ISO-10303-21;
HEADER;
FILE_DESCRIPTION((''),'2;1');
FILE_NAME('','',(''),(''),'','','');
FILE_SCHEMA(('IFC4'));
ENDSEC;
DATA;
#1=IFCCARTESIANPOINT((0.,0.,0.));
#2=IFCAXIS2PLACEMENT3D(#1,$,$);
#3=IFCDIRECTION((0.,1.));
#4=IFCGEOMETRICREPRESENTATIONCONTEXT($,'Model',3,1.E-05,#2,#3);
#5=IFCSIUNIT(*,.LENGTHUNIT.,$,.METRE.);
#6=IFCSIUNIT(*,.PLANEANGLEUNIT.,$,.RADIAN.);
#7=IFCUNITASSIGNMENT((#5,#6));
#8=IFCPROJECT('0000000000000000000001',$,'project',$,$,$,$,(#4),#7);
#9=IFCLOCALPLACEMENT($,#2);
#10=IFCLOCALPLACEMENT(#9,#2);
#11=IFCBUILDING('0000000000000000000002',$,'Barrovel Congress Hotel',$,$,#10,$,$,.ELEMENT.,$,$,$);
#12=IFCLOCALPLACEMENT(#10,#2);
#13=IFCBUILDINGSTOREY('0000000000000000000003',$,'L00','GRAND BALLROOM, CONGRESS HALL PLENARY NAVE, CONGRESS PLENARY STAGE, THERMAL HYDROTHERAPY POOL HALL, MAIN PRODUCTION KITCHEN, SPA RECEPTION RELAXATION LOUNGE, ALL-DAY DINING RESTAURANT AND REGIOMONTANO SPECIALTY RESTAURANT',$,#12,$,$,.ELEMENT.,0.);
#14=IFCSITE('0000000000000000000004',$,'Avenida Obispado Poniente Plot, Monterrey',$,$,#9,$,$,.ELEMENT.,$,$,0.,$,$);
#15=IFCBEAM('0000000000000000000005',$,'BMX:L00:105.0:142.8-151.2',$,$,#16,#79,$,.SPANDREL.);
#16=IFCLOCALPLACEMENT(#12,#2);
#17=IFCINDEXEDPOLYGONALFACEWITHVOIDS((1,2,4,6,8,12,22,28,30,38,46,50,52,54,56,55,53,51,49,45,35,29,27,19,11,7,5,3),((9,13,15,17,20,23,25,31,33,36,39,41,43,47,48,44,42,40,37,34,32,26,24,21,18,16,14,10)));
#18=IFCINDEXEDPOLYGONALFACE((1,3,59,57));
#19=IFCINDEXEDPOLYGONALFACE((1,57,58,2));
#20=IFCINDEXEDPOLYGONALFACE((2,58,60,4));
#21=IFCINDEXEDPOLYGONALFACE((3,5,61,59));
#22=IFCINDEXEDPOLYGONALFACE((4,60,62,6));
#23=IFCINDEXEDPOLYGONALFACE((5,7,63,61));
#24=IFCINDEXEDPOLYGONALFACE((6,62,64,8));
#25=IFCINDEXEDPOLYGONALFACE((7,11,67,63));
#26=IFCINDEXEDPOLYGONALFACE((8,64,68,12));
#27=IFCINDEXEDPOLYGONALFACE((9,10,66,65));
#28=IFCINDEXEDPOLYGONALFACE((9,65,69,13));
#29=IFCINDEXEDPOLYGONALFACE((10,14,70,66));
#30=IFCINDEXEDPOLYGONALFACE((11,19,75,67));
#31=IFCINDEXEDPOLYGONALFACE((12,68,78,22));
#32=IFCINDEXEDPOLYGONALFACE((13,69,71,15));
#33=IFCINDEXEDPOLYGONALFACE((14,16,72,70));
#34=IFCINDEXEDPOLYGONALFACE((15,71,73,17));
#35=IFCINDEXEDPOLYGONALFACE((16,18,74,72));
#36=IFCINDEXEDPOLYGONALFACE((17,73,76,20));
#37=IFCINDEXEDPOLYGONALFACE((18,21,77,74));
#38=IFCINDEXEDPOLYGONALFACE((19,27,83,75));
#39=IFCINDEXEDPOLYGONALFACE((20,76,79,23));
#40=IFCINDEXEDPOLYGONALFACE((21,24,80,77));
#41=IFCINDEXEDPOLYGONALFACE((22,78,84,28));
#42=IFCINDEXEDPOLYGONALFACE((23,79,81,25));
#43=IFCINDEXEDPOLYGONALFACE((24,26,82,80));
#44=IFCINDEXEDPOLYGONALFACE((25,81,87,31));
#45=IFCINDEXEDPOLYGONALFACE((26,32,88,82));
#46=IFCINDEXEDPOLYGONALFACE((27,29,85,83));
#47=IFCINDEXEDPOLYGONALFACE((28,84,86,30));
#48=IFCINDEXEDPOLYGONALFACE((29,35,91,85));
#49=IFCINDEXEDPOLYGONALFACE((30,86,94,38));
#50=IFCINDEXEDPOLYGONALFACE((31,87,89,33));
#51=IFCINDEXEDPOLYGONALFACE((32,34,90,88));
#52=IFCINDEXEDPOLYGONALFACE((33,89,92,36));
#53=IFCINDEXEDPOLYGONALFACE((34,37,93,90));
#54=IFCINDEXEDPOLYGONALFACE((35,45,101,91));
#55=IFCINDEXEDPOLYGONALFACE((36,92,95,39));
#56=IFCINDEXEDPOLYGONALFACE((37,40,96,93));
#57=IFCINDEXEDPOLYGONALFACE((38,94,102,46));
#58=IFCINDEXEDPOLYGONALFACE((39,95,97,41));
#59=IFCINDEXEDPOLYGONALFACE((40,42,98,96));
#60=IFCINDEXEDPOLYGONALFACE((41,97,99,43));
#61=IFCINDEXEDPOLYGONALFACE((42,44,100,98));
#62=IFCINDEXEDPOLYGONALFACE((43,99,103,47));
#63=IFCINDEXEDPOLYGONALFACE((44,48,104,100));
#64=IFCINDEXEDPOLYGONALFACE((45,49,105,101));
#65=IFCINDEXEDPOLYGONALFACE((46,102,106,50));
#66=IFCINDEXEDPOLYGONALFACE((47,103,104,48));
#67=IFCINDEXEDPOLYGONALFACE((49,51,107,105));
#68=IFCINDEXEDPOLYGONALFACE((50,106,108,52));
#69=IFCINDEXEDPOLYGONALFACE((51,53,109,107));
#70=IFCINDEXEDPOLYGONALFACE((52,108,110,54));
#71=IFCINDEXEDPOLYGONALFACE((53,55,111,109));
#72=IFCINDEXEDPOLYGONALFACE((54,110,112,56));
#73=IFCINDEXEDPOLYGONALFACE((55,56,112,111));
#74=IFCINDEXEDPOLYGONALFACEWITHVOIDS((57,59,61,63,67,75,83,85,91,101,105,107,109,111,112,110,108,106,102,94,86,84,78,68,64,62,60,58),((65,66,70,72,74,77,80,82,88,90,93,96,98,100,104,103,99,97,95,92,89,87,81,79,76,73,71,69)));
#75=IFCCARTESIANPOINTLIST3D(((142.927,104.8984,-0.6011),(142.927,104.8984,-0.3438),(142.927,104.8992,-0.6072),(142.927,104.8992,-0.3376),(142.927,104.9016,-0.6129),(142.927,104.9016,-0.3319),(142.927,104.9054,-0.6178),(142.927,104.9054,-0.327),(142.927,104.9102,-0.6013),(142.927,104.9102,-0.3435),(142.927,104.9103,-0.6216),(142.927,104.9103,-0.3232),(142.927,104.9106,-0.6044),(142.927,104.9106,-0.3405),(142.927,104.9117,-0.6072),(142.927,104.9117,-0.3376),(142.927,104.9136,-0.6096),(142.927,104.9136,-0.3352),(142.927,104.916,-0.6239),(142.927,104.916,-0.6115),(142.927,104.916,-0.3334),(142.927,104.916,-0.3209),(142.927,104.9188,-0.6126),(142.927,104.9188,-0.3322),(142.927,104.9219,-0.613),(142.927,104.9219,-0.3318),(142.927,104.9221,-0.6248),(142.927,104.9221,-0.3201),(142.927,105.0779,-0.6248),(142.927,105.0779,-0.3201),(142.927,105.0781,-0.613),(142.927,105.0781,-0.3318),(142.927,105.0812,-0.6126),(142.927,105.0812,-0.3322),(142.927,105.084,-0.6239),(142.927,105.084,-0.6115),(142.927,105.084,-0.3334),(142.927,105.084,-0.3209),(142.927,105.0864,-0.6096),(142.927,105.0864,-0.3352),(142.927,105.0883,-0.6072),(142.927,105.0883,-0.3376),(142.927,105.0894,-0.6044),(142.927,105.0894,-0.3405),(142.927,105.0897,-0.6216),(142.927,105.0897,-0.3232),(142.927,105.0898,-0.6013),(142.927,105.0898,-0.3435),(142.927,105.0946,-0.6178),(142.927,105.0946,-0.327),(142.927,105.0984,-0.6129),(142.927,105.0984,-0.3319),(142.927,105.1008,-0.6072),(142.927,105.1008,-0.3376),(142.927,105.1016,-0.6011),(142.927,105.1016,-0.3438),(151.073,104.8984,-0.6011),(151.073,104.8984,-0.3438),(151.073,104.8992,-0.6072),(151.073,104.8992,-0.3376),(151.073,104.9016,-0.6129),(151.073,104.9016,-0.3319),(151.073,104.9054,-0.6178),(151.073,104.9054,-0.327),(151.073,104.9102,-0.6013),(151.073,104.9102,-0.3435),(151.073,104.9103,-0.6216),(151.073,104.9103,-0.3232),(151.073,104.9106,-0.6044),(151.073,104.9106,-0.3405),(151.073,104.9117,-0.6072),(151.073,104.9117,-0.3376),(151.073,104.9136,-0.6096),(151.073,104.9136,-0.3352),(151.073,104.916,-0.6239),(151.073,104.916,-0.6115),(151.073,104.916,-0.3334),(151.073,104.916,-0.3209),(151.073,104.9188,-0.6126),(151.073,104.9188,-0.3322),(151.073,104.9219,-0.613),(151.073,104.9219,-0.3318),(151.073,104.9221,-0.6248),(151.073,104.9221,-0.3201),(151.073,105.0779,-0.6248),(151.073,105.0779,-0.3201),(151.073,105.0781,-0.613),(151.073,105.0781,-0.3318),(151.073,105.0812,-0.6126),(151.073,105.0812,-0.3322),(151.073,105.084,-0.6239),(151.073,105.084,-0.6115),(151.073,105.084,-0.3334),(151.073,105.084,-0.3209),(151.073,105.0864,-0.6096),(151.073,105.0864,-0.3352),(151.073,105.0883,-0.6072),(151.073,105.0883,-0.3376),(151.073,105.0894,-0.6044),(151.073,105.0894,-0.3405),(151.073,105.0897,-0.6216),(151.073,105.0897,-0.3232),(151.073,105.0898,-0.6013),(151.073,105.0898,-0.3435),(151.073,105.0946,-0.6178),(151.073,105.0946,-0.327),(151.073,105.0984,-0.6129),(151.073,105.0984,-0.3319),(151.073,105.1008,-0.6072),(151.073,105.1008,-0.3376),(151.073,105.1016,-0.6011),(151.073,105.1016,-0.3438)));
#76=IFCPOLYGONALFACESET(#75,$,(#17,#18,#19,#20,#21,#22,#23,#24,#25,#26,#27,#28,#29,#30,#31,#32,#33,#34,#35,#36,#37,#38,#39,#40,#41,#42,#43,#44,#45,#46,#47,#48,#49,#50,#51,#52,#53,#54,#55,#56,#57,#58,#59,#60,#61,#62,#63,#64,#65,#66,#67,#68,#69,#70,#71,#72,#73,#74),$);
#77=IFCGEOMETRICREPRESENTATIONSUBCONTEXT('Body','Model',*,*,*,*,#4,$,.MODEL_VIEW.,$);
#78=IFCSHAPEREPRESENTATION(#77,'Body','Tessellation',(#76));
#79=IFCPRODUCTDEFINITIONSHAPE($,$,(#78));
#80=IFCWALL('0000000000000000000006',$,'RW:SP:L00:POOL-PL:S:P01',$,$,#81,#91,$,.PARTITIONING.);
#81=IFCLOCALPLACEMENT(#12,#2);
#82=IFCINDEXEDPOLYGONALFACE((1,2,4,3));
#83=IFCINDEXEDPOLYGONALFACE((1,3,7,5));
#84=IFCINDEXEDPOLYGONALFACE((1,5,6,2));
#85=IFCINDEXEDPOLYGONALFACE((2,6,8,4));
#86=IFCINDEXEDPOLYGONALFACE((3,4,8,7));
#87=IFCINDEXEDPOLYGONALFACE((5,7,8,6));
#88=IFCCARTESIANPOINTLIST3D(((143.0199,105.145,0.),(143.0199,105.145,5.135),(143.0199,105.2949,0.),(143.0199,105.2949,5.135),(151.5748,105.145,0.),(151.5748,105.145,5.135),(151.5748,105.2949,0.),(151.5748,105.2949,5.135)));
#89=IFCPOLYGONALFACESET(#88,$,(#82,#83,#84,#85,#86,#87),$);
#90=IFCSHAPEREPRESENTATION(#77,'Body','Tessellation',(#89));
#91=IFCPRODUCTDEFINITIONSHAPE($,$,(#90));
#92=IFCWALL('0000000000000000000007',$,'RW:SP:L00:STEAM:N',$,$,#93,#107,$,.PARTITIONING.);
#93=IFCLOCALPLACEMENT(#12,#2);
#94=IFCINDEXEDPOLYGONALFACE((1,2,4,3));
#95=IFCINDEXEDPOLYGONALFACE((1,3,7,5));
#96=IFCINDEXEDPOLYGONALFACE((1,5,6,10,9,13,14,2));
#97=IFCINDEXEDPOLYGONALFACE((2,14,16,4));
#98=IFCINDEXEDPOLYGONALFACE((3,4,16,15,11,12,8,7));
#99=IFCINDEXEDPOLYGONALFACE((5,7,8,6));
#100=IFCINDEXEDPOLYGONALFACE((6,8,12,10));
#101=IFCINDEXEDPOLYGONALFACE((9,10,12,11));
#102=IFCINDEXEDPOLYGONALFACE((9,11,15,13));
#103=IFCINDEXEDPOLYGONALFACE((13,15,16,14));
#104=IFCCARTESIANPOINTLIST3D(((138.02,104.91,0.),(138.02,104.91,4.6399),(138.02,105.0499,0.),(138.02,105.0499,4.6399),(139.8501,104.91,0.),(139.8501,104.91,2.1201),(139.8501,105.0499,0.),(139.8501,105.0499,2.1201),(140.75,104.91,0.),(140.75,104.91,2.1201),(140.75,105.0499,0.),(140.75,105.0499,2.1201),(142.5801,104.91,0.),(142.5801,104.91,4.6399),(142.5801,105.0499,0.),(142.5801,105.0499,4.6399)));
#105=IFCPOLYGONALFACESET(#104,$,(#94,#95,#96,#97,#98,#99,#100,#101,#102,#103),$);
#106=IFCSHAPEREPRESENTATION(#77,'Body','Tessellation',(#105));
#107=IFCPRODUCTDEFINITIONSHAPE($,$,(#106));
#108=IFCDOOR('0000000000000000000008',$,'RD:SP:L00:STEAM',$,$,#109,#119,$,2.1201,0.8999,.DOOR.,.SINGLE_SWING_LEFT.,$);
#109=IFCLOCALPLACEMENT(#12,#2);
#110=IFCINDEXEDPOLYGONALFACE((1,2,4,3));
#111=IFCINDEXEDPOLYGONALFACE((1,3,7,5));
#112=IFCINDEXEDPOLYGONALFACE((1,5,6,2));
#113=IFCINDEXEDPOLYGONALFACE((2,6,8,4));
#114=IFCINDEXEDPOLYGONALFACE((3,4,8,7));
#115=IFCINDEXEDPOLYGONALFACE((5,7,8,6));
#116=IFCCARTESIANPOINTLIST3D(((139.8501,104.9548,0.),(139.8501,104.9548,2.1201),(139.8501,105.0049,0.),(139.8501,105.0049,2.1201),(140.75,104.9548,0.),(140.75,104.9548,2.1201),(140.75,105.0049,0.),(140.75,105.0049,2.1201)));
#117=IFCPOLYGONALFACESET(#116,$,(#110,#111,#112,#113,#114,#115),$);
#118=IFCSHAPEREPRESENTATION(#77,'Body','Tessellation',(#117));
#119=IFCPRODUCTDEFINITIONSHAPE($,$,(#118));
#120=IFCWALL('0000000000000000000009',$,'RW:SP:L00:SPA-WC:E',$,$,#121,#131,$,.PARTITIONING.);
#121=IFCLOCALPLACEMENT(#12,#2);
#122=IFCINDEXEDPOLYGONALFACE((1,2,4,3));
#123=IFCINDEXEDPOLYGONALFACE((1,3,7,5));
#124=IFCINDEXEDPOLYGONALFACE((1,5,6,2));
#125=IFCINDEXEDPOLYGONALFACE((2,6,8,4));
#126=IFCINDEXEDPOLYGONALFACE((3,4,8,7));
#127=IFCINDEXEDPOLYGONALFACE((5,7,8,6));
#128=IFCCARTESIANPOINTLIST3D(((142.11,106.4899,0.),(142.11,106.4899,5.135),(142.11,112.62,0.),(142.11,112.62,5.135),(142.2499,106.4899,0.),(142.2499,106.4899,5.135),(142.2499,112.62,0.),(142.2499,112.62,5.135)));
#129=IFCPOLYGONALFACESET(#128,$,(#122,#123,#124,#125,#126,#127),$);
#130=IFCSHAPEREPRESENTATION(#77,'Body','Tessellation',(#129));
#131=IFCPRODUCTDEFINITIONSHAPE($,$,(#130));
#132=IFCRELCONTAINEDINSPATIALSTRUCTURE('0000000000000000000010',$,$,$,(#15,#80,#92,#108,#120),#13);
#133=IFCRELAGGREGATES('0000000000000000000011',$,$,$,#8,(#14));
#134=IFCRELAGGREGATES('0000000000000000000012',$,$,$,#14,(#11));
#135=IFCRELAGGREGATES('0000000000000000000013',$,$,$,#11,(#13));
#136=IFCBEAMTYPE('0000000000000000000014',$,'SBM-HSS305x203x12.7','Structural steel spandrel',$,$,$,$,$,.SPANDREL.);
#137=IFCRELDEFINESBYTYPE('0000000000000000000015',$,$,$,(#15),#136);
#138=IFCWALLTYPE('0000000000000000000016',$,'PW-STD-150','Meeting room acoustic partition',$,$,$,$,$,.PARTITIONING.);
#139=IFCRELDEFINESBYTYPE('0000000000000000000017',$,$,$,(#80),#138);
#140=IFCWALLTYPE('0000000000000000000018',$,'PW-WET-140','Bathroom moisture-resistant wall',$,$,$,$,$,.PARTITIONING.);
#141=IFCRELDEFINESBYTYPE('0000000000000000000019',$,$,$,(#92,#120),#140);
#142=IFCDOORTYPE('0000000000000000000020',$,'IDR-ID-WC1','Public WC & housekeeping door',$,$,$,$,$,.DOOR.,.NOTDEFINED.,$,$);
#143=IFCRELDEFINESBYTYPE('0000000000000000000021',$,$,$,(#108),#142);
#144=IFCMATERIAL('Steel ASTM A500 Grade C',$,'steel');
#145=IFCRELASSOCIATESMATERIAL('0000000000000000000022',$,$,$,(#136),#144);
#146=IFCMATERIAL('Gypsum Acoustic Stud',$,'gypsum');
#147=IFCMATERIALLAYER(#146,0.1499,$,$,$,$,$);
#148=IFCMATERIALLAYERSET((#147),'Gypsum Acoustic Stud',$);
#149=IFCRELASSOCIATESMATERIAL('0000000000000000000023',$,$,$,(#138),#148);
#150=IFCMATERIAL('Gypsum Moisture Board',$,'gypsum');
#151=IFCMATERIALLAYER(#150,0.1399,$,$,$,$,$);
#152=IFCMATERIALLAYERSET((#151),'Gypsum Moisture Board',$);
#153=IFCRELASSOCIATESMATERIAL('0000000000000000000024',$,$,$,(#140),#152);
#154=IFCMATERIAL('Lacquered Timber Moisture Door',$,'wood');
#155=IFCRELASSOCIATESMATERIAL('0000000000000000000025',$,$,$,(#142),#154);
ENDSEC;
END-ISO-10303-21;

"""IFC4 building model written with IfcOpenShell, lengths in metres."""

from ifc_helpers import new_model, si_unit, direction, frame, frame_2d, origin, origin_2d, place, context, subcontext, project, spatial, rectangle, hollow_rectangle, extrude, material, layer, layer_set, material_profile, profile_set, type_object, element, fill, save


model = new_model("IFC4")

# Units and contexts
model_context = context("Model", 3, precision=1e-05, world=origin(), true_north=direction((0.0, 1.0)))
body_context = subcontext(model_context, "Body", "Model", "MODEL_VIEW")
ifc_project = project(units=[si_unit("LENGTHUNIT", "METRE"), si_unit("PLANEANGLEUNIT", "RADIAN")], contexts=[model_context])

# Site, building, storey
site_placement = place(None, origin())
site = spatial("IfcSite", under=ifc_project, at=site_placement, Name="Avenida Obispado Poniente Plot, Monterrey", CompositionType="ELEMENT", RefElevation=0.0)
building_placement = place(site_placement, origin())
building = spatial("IfcBuilding", under=site, at=building_placement, Name="Barrovel Congress Hotel", CompositionType="ELEMENT")
storey_placement = place(building_placement, origin())
storey = spatial("IfcBuildingStorey", under=building, at=storey_placement, Name="L00", Description="GRAND BALLROOM, CONGRESS HALL PLENARY NAVE, CONGRESS PLENARY STAGE, THERMAL HYDROTHERAPY POOL HALL, MAIN PRODUCTION KITCHEN, SPA RECEPTION RELAXATION LOUNGE, ALL-DAY DINING RESTAURANT AND REGIOMONTANO SPECIALTY RESTAURANT", CompositionType="ELEMENT", Elevation=0.0)

# Beam
ifc_material_1 = material(Name="Steel ASTM A500 Grade C", Category="steel")
ifc_material_profile_1 = material_profile(ifc_material_1, hollow_rectangle(XDim=0.2031, YDim=0.3047, WallThickness=0.0117, InnerFilletRadius=0.0117, OuterFilletRadius=0.0237, at=origin_2d()), Name="HSS305x203x12.7")
ifc_profile_set_1 = profile_set([ifc_material_profile_1], Name="Steel ASTM A500 Grade C")
beam_type_1 = type_object("IfcBeamType", Name="SBM-HSS305x203x12.7", Description="Structural steel spandrel", PredefinedType="SPANDREL", material=ifc_profile_set_1)
beam_1_placement = place(storey_placement, frame((142.927, 105.0, -0.4724), z_axis=(1.0, 0.0, 0.0), x_axis=(0.0, 1.0, 0.0)))
element("IfcBeam", 1, at=beam_1_placement, inside=storey, type_object=beam_type_1, Name="BMX:L00:105.0:142.8-151.2", PredefinedType="SPANDREL", context=body_context, shape_type="SweptSolid", body=[
    extrude(hollow_rectangle(XDim=0.2031, YDim=0.3047, WallThickness=0.0117, InnerFilletRadius=0.0117, OuterFilletRadius=0.0237, at=origin_2d()), origin(), (0.0, 0.0, 1.0), 8.146),
])

# Wall
ifc_material_2 = material(Name="Gypsum Acoustic Stud", Category="gypsum")
ifc_layer_1 = layer(ifc_material_2, 0.1499)
ifc_layer_set_1 = layer_set([ifc_layer_1], Name="Gypsum Acoustic Stud")
wall_type_1 = type_object("IfcWallType", Name="PW-STD-150", Description="Meeting room acoustic partition", PredefinedType="PARTITIONING", material=ifc_layer_set_1)
wall_1_placement = place(storey_placement, frame((143.02, 105.22, 0.0), z_axis=(0.0, 0.0, 1.0), x_axis=(1.0, 0.0, 0.0)))
element("IfcWall", 2, at=wall_1_placement, inside=storey, type_object=wall_type_1, Name="RW:SP:L00:POOL-PL:S:P01", PredefinedType="PARTITIONING", context=body_context, shape_type="SweptSolid", body=[
    extrude(rectangle(XDim=8.5549, YDim=0.1499, at=frame_2d((4.2773, 0.0))), origin(), (0.0, 0.0, 1.0), 5.135),
])

# Wall, opening, door
ifc_material_3 = material(Name="Gypsum Moisture Board", Category="gypsum")
ifc_layer_2 = layer(ifc_material_3, 0.1399)
ifc_layer_set_2 = layer_set([ifc_layer_2], Name="Gypsum Moisture Board")
wall_type_2 = type_object("IfcWallType", Name="PW-WET-140", Description="Bathroom moisture-resistant wall", PredefinedType="PARTITIONING", material=ifc_layer_set_2)
wall_2_placement = place(storey_placement, frame((138.02, 104.98, 0.0), z_axis=(0.0, 0.0, 1.0), x_axis=(1.0, 0.0, 0.0)))
wall_2 = element("IfcWall", 3, at=wall_2_placement, inside=storey, type_object=wall_type_2, Name="RW:SP:L00:STEAM:N", PredefinedType="PARTITIONING", context=body_context, shape_type="SweptSolid", body=[
    extrude(rectangle(XDim=4.5601, YDim=0.1399, at=frame_2d((2.28, 0.0))), origin(), (0.0, 0.0, 1.0), 4.6399),
])
opening_1_placement = place(wall_2_placement, frame((1.8301, 0.0, 0.0)))
opening_1 = element("IfcOpeningElement", 4, at=opening_1_placement, cuts=wall_2, PredefinedType="OPENING", context=body_context, shape_type="SweptSolid", body=[
    extrude(rectangle(XDim=0.8999, YDim=2.1201, at=frame_2d((0.45, 1.0601))), frame((0.0, 0.0801, 0.0), z_axis=(0.0, -1.0, 0.0), x_axis=(1.0, 0.0, 0.0)), (0.0, 0.0, 1.0), 0.1599),
])
ifc_material_4 = material(Name="Lacquered Timber Moisture Door", Category="wood")
door_type_1 = type_object("IfcDoorType", Name="IDR-ID-WC1", Description="Public WC & housekeeping door", OperationType="NOTDEFINED", PredefinedType="DOOR", material=ifc_material_4)
door_1_placement = place(opening_1_placement, origin())
door_1 = element("IfcDoor", 5, at=door_1_placement, inside=storey, type_object=door_type_1, Name="RD:SP:L00:STEAM", OperationType="SINGLE_SWING_LEFT", OverallHeight=2.1201, OverallWidth=0.8999, PredefinedType="DOOR", context=body_context, shape_type="SweptSolid", body=[
    extrude(rectangle(XDim=0.8999, YDim=2.1201, at=frame_2d((0.45, 1.0601))), frame((0.0, 0.0249, 0.0), z_axis=(0.0, -1.0, 0.0), x_axis=(1.0, 0.0, 0.0)), (0.0, 0.0, 1.0), 0.05),
])
fill(opening_1, door_1)

# Wall
wall_3_placement = place(storey_placement, frame((142.1799, 106.49, 0.0), z_axis=(0.0, 0.0, 1.0), x_axis=(0.0, 1.0, 0.0)))
element("IfcWall", 6, at=wall_3_placement, inside=storey, type_object=wall_type_2, Name="RW:SP:L00:SPA-WC:E", PredefinedType="PARTITIONING", context=body_context, shape_type="SweptSolid", body=[
    extrude(rectangle(XDim=6.1301, YDim=0.1399, at=frame_2d((3.0649, 0.0))), origin(), (0.0, 0.0, 1.0), 5.135),
])

save(model, "model.ifc")
